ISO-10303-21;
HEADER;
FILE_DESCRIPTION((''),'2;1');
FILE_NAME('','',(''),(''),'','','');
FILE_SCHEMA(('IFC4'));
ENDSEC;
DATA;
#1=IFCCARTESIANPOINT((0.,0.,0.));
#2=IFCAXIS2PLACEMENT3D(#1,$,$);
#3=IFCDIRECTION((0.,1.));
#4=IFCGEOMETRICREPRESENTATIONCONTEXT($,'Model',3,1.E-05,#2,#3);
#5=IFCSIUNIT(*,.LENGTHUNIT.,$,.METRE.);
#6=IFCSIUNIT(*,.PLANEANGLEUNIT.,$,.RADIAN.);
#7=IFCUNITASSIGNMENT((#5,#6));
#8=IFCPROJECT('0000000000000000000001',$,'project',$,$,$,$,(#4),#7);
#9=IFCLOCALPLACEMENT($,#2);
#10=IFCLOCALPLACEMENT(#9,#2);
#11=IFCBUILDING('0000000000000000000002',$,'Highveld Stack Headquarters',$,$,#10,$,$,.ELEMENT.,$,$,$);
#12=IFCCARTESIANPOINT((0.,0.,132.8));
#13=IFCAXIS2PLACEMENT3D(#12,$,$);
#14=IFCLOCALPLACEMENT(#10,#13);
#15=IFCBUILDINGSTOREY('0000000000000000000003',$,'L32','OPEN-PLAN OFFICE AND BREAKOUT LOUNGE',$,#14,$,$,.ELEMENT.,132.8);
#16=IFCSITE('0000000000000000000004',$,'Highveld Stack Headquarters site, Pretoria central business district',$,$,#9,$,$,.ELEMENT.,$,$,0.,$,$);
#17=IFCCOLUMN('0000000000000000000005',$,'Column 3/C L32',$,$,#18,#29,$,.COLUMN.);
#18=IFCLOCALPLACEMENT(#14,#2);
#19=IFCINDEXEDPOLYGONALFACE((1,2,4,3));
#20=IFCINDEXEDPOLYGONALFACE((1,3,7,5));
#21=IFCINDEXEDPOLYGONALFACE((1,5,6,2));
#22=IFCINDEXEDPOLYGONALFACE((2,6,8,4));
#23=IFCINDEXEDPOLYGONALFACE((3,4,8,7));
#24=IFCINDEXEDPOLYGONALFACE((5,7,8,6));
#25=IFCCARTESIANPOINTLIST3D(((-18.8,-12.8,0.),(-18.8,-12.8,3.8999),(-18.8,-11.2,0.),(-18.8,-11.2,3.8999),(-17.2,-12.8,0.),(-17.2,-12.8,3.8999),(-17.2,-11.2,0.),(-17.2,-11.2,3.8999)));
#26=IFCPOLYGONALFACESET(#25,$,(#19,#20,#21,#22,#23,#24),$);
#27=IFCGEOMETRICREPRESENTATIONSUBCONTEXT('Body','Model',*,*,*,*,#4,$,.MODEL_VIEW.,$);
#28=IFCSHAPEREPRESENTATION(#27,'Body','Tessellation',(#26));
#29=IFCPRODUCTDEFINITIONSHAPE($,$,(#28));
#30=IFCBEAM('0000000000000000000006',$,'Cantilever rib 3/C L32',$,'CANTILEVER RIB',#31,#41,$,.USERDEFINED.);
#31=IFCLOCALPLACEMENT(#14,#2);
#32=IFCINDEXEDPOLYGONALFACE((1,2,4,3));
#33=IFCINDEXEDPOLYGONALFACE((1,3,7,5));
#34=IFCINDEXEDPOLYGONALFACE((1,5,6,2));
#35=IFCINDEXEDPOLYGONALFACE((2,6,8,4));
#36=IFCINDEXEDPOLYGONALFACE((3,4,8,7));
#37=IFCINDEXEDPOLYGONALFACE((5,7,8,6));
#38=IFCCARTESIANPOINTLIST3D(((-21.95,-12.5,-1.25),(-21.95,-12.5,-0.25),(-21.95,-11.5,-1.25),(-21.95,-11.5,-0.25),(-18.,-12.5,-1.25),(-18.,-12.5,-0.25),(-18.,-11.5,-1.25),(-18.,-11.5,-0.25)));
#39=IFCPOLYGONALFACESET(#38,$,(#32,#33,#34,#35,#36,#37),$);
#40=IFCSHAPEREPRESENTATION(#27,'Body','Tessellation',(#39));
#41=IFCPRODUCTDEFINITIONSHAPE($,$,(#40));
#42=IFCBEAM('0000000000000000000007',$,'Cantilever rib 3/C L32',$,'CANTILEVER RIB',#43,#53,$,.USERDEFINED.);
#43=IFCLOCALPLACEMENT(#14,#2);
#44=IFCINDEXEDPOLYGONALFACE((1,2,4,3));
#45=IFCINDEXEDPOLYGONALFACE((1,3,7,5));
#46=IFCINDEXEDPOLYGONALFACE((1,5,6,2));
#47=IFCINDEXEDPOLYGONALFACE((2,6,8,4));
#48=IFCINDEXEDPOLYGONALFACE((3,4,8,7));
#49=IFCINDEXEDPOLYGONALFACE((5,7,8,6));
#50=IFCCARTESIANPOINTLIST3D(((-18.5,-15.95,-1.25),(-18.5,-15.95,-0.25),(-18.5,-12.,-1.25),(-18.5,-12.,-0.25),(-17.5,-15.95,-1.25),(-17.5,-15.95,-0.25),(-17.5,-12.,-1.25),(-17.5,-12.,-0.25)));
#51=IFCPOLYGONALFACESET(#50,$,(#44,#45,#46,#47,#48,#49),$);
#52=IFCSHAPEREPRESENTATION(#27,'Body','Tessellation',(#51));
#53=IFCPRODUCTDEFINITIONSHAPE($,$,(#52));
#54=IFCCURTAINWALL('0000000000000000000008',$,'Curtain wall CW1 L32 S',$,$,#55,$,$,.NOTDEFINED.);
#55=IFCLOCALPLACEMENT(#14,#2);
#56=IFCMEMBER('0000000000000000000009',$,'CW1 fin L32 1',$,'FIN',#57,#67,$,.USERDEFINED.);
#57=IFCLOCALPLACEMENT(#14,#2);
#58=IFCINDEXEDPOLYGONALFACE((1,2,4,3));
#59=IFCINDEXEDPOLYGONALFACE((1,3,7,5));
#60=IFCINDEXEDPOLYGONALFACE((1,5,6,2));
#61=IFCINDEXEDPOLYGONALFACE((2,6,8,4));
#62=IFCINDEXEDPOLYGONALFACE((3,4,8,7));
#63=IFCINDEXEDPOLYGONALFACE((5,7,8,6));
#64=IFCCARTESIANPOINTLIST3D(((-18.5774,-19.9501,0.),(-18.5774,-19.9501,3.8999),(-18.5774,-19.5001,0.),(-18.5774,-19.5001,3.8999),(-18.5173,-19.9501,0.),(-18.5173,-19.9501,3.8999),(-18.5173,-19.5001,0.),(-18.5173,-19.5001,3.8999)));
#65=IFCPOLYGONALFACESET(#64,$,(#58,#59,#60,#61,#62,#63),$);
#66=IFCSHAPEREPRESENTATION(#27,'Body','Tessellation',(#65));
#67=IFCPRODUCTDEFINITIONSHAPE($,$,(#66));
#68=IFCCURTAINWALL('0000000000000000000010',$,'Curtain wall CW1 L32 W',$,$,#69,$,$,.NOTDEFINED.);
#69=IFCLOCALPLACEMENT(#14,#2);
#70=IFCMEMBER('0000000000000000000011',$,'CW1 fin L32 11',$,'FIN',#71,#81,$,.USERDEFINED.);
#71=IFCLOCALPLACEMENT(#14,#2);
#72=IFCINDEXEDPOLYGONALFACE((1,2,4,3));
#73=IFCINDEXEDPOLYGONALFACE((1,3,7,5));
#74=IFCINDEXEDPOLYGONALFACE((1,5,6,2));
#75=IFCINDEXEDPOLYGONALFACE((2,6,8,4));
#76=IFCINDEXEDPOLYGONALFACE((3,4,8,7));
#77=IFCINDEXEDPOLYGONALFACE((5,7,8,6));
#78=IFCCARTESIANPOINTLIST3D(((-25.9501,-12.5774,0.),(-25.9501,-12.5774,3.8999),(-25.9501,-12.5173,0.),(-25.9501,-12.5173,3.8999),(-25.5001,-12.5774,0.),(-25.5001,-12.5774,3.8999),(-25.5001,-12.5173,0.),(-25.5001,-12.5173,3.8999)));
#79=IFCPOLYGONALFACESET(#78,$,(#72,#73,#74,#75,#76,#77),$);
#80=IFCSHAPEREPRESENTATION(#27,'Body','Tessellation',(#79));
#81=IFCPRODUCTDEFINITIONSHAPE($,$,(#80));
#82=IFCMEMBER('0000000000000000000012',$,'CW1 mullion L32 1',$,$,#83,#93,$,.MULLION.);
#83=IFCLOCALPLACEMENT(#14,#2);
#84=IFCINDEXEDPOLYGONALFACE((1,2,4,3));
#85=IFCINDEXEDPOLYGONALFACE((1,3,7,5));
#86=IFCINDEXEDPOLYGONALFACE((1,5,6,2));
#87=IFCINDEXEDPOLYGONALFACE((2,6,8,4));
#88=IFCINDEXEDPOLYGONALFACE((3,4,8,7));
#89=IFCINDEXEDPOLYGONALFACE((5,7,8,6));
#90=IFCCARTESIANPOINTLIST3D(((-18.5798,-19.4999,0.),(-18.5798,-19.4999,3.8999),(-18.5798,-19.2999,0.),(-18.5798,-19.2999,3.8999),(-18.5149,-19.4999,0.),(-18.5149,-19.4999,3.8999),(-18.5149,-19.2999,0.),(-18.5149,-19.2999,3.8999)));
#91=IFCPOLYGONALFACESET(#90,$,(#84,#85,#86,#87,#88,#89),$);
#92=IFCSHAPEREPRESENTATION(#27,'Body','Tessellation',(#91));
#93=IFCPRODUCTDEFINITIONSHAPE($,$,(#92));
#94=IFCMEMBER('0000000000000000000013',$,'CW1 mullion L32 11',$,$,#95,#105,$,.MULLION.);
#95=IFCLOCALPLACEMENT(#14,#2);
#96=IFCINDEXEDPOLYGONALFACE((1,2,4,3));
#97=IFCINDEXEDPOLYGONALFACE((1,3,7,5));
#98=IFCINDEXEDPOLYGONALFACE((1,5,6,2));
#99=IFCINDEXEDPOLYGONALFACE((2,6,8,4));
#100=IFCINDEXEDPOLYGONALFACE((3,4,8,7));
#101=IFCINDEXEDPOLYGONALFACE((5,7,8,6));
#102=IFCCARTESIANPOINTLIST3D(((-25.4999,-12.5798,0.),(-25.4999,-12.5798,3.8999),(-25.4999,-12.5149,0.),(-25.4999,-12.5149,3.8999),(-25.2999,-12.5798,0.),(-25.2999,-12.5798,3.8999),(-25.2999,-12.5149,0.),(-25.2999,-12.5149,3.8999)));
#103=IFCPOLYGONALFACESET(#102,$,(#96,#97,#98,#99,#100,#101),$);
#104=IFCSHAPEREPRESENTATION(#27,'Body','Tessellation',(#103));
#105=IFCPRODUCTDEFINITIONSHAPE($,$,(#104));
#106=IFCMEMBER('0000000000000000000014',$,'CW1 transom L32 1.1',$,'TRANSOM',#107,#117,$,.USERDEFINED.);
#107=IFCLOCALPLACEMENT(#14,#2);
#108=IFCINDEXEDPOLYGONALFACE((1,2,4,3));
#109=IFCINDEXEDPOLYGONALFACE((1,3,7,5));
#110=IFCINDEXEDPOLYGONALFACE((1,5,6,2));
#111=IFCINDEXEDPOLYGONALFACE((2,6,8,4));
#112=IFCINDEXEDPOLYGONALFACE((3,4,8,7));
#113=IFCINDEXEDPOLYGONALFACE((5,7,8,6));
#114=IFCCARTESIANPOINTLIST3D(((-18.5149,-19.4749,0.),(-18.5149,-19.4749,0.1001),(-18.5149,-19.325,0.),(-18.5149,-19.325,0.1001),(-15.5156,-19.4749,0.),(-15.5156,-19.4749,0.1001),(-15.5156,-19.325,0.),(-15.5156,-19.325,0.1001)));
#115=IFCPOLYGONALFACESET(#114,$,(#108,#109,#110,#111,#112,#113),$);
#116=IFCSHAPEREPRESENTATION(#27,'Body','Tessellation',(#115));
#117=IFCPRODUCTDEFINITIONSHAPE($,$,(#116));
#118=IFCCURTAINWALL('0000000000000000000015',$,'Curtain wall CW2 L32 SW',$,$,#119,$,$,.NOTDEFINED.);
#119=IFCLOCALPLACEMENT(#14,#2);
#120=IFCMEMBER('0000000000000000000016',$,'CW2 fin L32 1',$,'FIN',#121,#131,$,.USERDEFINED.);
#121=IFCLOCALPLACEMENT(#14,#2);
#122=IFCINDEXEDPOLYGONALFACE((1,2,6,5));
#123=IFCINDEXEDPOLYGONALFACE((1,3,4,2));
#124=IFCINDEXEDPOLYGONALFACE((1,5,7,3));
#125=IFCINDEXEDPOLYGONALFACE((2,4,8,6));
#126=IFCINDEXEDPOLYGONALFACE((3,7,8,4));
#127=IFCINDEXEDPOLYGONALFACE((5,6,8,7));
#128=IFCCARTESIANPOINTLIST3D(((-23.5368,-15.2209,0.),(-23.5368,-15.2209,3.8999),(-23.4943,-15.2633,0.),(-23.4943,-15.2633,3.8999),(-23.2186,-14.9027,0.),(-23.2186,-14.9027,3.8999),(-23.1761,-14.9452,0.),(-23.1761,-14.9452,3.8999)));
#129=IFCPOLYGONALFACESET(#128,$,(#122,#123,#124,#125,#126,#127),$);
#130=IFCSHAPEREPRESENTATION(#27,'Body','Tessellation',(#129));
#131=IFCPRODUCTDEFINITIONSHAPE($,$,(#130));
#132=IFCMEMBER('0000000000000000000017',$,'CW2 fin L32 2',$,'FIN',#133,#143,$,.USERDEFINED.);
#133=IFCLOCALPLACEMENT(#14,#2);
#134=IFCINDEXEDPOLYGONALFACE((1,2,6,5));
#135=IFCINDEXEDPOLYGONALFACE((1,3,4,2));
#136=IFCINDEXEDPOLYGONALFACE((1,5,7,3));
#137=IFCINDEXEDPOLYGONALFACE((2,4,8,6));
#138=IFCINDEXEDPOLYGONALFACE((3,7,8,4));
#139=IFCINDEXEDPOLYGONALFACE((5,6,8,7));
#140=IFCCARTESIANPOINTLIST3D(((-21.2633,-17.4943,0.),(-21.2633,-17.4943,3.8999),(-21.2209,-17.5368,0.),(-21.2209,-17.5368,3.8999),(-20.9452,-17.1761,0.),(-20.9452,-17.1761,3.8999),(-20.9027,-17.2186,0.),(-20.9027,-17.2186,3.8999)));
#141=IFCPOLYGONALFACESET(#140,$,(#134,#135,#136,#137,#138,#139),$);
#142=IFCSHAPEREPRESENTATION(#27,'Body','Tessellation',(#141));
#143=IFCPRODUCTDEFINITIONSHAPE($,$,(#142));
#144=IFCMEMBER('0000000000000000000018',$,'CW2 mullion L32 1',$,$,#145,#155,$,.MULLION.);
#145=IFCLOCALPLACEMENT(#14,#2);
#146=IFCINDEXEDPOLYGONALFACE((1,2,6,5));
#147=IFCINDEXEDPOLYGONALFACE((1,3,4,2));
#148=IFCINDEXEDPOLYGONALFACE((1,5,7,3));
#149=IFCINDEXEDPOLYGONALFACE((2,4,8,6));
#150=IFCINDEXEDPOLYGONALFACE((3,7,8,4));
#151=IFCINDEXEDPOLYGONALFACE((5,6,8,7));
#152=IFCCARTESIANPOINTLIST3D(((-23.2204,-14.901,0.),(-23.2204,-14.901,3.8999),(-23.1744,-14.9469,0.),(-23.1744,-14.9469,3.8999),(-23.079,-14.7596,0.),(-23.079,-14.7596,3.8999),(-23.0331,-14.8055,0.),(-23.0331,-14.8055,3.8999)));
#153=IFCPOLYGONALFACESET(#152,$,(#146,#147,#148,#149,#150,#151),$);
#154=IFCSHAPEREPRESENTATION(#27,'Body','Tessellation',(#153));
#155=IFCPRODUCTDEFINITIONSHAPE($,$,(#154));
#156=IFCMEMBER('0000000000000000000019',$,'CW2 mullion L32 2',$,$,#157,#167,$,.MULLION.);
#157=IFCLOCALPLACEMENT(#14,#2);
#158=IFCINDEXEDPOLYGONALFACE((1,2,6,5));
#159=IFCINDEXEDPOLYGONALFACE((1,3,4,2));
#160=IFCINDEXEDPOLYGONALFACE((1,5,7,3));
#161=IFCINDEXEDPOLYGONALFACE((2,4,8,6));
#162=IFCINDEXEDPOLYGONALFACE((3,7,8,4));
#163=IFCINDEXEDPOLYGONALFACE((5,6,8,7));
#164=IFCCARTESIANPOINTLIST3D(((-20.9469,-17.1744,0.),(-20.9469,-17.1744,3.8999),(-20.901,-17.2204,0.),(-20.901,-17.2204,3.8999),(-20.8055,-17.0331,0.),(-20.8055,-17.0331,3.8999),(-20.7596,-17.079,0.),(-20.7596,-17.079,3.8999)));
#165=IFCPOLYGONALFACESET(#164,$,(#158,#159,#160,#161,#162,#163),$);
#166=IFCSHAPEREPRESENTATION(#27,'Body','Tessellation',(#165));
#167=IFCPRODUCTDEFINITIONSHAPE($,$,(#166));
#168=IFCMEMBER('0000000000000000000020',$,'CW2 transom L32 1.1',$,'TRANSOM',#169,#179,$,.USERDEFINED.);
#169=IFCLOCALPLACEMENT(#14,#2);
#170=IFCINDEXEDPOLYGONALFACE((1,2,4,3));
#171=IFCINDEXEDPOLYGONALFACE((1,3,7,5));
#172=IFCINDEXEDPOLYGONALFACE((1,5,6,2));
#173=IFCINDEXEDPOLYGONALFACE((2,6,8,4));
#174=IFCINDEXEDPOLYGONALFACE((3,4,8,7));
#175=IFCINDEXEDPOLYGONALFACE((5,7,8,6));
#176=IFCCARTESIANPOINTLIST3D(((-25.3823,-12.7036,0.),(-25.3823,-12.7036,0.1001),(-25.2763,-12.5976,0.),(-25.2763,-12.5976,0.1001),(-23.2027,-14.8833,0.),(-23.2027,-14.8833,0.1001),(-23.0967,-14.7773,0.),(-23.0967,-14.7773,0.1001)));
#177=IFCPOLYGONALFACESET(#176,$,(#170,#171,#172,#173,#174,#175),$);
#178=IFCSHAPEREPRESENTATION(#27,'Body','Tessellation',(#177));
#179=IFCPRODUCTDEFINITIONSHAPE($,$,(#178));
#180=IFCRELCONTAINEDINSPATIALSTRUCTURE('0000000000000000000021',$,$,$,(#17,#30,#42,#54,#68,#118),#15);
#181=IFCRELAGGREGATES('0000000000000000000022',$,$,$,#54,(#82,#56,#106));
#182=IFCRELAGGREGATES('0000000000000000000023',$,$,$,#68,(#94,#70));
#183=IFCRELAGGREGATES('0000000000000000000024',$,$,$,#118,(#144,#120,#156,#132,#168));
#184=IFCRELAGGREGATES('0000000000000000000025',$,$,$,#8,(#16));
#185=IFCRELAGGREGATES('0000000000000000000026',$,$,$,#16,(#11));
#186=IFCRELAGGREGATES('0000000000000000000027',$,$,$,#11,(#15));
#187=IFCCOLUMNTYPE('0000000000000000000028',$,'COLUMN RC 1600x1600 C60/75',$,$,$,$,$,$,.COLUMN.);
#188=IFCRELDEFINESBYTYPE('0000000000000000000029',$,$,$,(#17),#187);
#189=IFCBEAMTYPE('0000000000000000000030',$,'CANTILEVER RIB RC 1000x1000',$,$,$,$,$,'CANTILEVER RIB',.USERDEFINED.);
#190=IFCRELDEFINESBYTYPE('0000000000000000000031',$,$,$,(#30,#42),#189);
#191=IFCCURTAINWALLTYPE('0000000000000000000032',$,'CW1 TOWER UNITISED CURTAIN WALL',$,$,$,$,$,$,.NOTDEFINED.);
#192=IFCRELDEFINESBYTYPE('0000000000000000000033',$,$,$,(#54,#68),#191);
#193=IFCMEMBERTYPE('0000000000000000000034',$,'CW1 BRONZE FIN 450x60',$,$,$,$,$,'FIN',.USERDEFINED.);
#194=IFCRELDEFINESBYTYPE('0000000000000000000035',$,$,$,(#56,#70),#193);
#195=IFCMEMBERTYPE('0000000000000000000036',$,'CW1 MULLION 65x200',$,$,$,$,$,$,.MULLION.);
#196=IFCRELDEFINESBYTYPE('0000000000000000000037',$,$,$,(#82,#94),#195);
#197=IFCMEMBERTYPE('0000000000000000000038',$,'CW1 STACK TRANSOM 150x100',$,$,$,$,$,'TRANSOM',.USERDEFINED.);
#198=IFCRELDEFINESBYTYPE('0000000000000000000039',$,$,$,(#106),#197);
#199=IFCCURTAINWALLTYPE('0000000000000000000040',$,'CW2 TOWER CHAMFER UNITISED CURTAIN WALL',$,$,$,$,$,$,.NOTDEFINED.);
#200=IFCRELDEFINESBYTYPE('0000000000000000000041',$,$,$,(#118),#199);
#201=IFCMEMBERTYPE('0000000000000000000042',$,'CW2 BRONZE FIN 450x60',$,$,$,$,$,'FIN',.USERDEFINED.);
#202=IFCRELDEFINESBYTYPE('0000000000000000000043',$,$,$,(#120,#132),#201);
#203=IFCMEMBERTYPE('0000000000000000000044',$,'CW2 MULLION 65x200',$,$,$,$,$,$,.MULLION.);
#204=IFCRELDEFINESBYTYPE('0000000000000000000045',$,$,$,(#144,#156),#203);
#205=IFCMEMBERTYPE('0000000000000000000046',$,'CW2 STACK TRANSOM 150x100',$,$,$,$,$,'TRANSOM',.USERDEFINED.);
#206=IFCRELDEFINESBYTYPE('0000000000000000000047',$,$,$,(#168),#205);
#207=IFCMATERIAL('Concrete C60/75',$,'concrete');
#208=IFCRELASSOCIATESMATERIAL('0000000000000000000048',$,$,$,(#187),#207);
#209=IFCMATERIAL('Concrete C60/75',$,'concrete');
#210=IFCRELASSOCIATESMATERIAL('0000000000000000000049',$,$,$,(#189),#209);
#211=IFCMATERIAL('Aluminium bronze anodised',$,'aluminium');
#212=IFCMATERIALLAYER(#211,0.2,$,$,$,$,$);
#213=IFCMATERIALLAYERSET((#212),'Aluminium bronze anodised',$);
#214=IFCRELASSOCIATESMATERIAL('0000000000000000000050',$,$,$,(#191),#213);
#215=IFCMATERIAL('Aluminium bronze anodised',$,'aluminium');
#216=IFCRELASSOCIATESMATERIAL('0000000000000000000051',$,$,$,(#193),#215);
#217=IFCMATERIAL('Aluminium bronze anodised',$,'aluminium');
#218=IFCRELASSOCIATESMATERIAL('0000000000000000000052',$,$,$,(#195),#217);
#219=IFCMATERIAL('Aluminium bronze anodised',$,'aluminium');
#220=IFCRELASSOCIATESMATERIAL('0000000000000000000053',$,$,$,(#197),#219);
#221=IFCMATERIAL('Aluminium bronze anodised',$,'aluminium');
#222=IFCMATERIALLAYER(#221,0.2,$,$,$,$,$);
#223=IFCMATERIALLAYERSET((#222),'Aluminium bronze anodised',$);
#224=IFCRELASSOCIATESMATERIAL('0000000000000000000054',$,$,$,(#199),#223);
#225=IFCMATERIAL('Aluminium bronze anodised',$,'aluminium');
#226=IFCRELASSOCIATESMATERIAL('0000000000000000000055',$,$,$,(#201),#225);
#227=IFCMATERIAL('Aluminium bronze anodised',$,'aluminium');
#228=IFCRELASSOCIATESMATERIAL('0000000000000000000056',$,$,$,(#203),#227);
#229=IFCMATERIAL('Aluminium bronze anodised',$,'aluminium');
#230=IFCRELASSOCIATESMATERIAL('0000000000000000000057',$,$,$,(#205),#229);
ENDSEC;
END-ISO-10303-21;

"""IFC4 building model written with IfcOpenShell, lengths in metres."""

from ifc_helpers import new_model, si_unit, direction, frame, origin, origin_2d, place, context, subcontext, project, spatial, rectangle, extrude, material, layer, layer_set, material_profile, profile_set, type_object, element, aggregate, save


model = new_model("IFC4")

# Units and contexts
model_context = context("Model", 3, precision=1e-05, world=origin(), true_north=direction((0.0, 1.0)))
body_context = subcontext(model_context, "Body", "Model", "MODEL_VIEW")
ifc_project = project(units=[si_unit("LENGTHUNIT", "METRE"), si_unit("PLANEANGLEUNIT", "RADIAN")], contexts=[model_context])

# Site, building, storey
site_placement = place(None, origin())
site = spatial("IfcSite", under=ifc_project, at=site_placement, Name="Highveld Stack Headquarters site, Pretoria central business district", CompositionType="ELEMENT", RefElevation=0.0)
building_placement = place(site_placement, origin())
building = spatial("IfcBuilding", under=site, at=building_placement, Name="Highveld Stack Headquarters", CompositionType="ELEMENT")
storey_placement = place(building_placement, frame((0.0, 0.0, 132.8)))
storey = spatial("IfcBuildingStorey", under=building, at=storey_placement, Name="L32", Description="OPEN-PLAN OFFICE AND BREAKOUT LOUNGE", CompositionType="ELEMENT", Elevation=132.8)

# Column
ifc_material_1 = material(Name="Concrete C60/75", Category="concrete")
ifc_material_profile_1 = material_profile(ifc_material_1, rectangle(XDim=1.6001, YDim=1.6001, at=origin_2d()), Name="RC 1600x1600")
ifc_profile_set_1 = profile_set([ifc_material_profile_1], Name="Concrete C60/75")
column_type = type_object("IfcColumnType", Name="COLUMN RC 1600x1600 C60/75", PredefinedType="COLUMN", material=ifc_profile_set_1)
column_placement = place(storey_placement, frame((-18.0, -12.0, 0.0), z_axis=(0.0, 0.0, 1.0), x_axis=(1.0, 0.0, 0.0)))
element("IfcColumn", 1, at=column_placement, inside=storey, type_object=column_type, Name="Column 3/C L32", PredefinedType="COLUMN", context=body_context, shape_type="SweptSolid", body=[
    extrude(rectangle(XDim=1.6001, YDim=1.6001, at=origin_2d()), origin(), (0.0, 0.0, 1.0), 3.8999),
])

# Beams
ifc_material_2 = material(Name="Concrete C60/75", Category="concrete")
ifc_material_profile_2 = material_profile(ifc_material_2, rectangle(XDim=1.0, YDim=1.0, at=origin_2d()), Name="RC 1000x1000")
ifc_profile_set_2 = profile_set([ifc_material_profile_2], Name="Concrete C60/75")
beam_type_1 = type_object("IfcBeamType", Name="CANTILEVER RIB RC 1000x1000", ElementType="CANTILEVER RIB", PredefinedType="USERDEFINED", material=ifc_profile_set_2)
for number, where, z_axis, x_axis, name in (
    (2, (-18.0, -12.0, -0.75), (-1.0, 0.0, 0.0), (0.0, -1.0, 0.0), "Cantilever rib 3/C L32"),
    (3, (-18.0, -12.0, -0.75), (0.0, -1.0, 0.0), (1.0, 0.0, 0.0), "Cantilever rib 3/C L32"),
):
    element("IfcBeam", number, at=place(storey_placement, frame(where, z_axis=z_axis, x_axis=x_axis)), inside=storey, type_object=beam_type_1, Name=name, ObjectType="CANTILEVER RIB", PredefinedType="USERDEFINED", context=body_context, shape_type="SweptSolid", body=[
        extrude(rectangle(XDim=1.0, YDim=1.0, at=origin_2d()), origin(), (0.0, 0.0, 1.0), 3.95),
    ])

# Curtain walls, members
ifc_material_3 = material(Name="Aluminium bronze anodised", Category="aluminium")
ifc_layer_1 = layer(ifc_material_3, 0.2)
ifc_layer_set_1 = layer_set([ifc_layer_1], Name="Aluminium bronze anodised")
curtain_wall_type_1 = type_object("IfcCurtainWallType", Name="CW1 TOWER UNITISED CURTAIN WALL", PredefinedType="NOTDEFINED", material=ifc_layer_set_1)
curtain_wall_1_placement = place(storey_placement, origin())
curtain_wall_1 = element("IfcCurtainWall", 4, at=curtain_wall_1_placement, inside=storey, type_object=curtain_wall_type_1, Name="Curtain wall CW1 L32 S", PredefinedType="NOTDEFINED")
ifc_material_4 = material(Name="Aluminium bronze anodised", Category="aluminium")
ifc_material_profile_3 = material_profile(ifc_material_4, rectangle(XDim=0.45, YDim=0.0601, at=origin_2d()), Name="FIN 450x60")
ifc_profile_set_3 = profile_set([ifc_material_profile_3], Name="Aluminium bronze anodised")
member_type_1 = type_object("IfcMemberType", Name="CW1 BRONZE FIN 450x60", ElementType="FIN", PredefinedType="USERDEFINED", material=ifc_profile_set_3)
member_1_placement = place(storey_placement, frame((-18.5474, -19.7251, 0.0), z_axis=(0.0, 0.0, 1.0), x_axis=(0.0, 1.0, 0.0)))
member_1 = element("IfcMember", 5, at=member_1_placement, type_object=member_type_1, Name="CW1 fin L32 1", ObjectType="FIN", PredefinedType="USERDEFINED", context=body_context, shape_type="SweptSolid", body=[
    extrude(rectangle(XDim=0.45, YDim=0.0601, at=origin_2d()), origin(), (0.0, 0.0, 1.0), 3.8999),
])
curtain_wall_2_placement = place(storey_placement, origin())
curtain_wall_2 = element("IfcCurtainWall", 6, at=curtain_wall_2_placement, inside=storey, type_object=curtain_wall_type_1, Name="Curtain wall CW1 L32 W", PredefinedType="NOTDEFINED")
member_2_placement = place(storey_placement, frame((-25.7251, -12.5474, 0.0), z_axis=(0.0, 0.0, 1.0), x_axis=(1.0, 0.0, 0.0)))
member_2 = element("IfcMember", 7, at=member_2_placement, type_object=member_type_1, Name="CW1 fin L32 11", ObjectType="FIN", PredefinedType="USERDEFINED", context=body_context, shape_type="SweptSolid", body=[
    extrude(rectangle(XDim=0.45, YDim=0.0601, at=origin_2d()), origin(), (0.0, 0.0, 1.0), 3.8999),
])

# Members
ifc_material_5 = material(Name="Aluminium bronze anodised", Category="aluminium")
ifc_material_profile_4 = material_profile(ifc_material_5, rectangle(XDim=0.2, YDim=0.0649, at=origin_2d()), Name="CW1 MULLION 65x200")
ifc_profile_set_4 = profile_set([ifc_material_profile_4], Name="Aluminium bronze anodised")
member_type_2 = type_object("IfcMemberType", Name="CW1 MULLION 65x200", PredefinedType="MULLION", material=ifc_profile_set_4)
member_3_placement = place(storey_placement, frame((-18.5474, -19.3999, 0.0), z_axis=(0.0, 0.0, 1.0), x_axis=(0.0, 1.0, 0.0)))
member_3 = element("IfcMember", 8, at=member_3_placement, type_object=member_type_2, Name="CW1 mullion L32 1", PredefinedType="MULLION", context=body_context, shape_type="SweptSolid", body=[
    extrude(rectangle(XDim=0.2, YDim=0.0649, at=origin_2d()), origin(), (0.0, 0.0, 1.0), 3.8999),
])
member_4_placement = place(storey_placement, frame((-25.3999, -12.5474, 0.0), z_axis=(0.0, 0.0, 1.0), x_axis=(1.0, 0.0, 0.0)))
member_4 = element("IfcMember", 9, at=member_4_placement, type_object=member_type_2, Name="CW1 mullion L32 11", PredefinedType="MULLION", context=body_context, shape_type="SweptSolid", body=[
    extrude(rectangle(XDim=0.2, YDim=0.0649, at=origin_2d()), origin(), (0.0, 0.0, 1.0), 3.8999),
])
ifc_material_6 = material(Name="Aluminium bronze anodised", Category="aluminium")
ifc_material_profile_5 = material_profile(ifc_material_6, rectangle(XDim=0.1499, YDim=0.1001, at=origin_2d()), Name="CW1 TRANSOM 150x100")
ifc_profile_set_5 = profile_set([ifc_material_profile_5], Name="Aluminium bronze anodised")
member_type_3 = type_object("IfcMemberType", Name="CW1 STACK TRANSOM 150x100", ElementType="TRANSOM", PredefinedType="USERDEFINED", material=ifc_profile_set_5)
member_5_placement = place(storey_placement, frame((-18.5149, -19.3999, 0.05), z_axis=(1.0, 0.0, 0.0), x_axis=(0.0, 1.0, 0.0)))
member_5 = element("IfcMember", 10, at=member_5_placement, type_object=member_type_3, Name="CW1 transom L32 1.1", ObjectType="TRANSOM", PredefinedType="USERDEFINED", context=body_context, shape_type="SweptSolid", body=[
    extrude(rectangle(XDim=0.1499, YDim=0.1001, at=origin_2d()), origin(), (0.0, 0.0, 1.0), 2.9993),
])
aggregate(curtain_wall_1, [member_3, member_1, member_5])

# Curtain wall, members
ifc_material_7 = material(Name="Aluminium bronze anodised", Category="aluminium")
ifc_layer_2 = layer(ifc_material_7, 0.2)
ifc_layer_set_2 = layer_set([ifc_layer_2], Name="Aluminium bronze anodised")
curtain_wall_type_2 = type_object("IfcCurtainWallType", Name="CW2 TOWER CHAMFER UNITISED CURTAIN WALL", PredefinedType="NOTDEFINED", material=ifc_layer_set_2)
curtain_wall_3_placement = place(storey_placement, origin())
curtain_wall_3 = element("IfcCurtainWall", 11, at=curtain_wall_3_placement, inside=storey, type_object=curtain_wall_type_2, Name="Curtain wall CW2 L32 SW", PredefinedType="NOTDEFINED")
ifc_material_8 = material(Name="Aluminium bronze anodised", Category="aluminium")
ifc_material_profile_6 = material_profile(ifc_material_8, rectangle(XDim=0.45, YDim=0.0601, at=origin_2d()), Name="FIN 450x60")
ifc_profile_set_6 = profile_set([ifc_material_profile_6], Name="Aluminium bronze anodised")
member_type_4 = type_object("IfcMemberType", Name="CW2 BRONZE FIN 450x60", ElementType="FIN", PredefinedType="USERDEFINED", material=ifc_profile_set_6)
member_6_placement = place(storey_placement, frame((-23.3564, -15.083, 0.0), z_axis=(0.0, 0.0, 1.0), x_axis=(0.707107, 0.707107, 0.0)))
member_6 = element("IfcMember", 12, at=member_6_placement, type_object=member_type_4, Name="CW2 fin L32 1", ObjectType="FIN", PredefinedType="USERDEFINED", context=body_context, shape_type="SweptSolid", body=[
    extrude(rectangle(XDim=0.45, YDim=0.0601, at=origin_2d()), origin(), (0.0, 0.0, 1.0), 3.8999),
])
member_7_placement = place(storey_placement, frame((-21.083, -17.3564, 0.0), z_axis=(0.0, 0.0, 1.0), x_axis=(0.707107, 0.707107, 0.0)))
member_7 = element("IfcMember", 13, at=member_7_placement, type_object=member_type_4, Name="CW2 fin L32 2", ObjectType="FIN", PredefinedType="USERDEFINED", context=body_context, shape_type="SweptSolid", body=[
    extrude(rectangle(XDim=0.45, YDim=0.0601, at=origin_2d()), origin(), (0.0, 0.0, 1.0), 3.8999),
])
ifc_material_9 = material(Name="Aluminium bronze anodised", Category="aluminium")
ifc_material_profile_7 = material_profile(ifc_material_9, rectangle(XDim=0.2, YDim=0.0649, at=origin_2d()), Name="CW2 MULLION 65x200")
ifc_profile_set_7 = profile_set([ifc_material_profile_7], Name="Aluminium bronze anodised")
member_type_5 = type_object("IfcMemberType", Name="CW2 MULLION 65x200", PredefinedType="MULLION", material=ifc_profile_set_7)
member_8_placement = place(storey_placement, frame((-23.1267, -14.8533, 0.0), z_axis=(0.0, 0.0, 1.0), x_axis=(0.707107, 0.707107, 0.0)))
member_8 = element("IfcMember", 14, at=member_8_placement, type_object=member_type_5, Name="CW2 mullion L32 1", PredefinedType="MULLION", context=body_context, shape_type="SweptSolid", body=[
    extrude(rectangle(XDim=0.2, YDim=0.0649, at=origin_2d()), origin(), (0.0, 0.0, 1.0), 3.8999),
])
member_9_placement = place(storey_placement, frame((-20.8533, -17.1267, 0.0), z_axis=(0.0, 0.0, 1.0), x_axis=(0.707107, 0.707107, 0.0)))
member_9 = element("IfcMember", 15, at=member_9_placement, type_object=member_type_5, Name="CW2 mullion L32 2", PredefinedType="MULLION", context=body_context, shape_type="SweptSolid", body=[
    extrude(rectangle(XDim=0.2, YDim=0.0649, at=origin_2d()), origin(), (0.0, 0.0, 1.0), 3.8999),
])
ifc_material_10 = material(Name="Aluminium bronze anodised", Category="aluminium")
ifc_material_profile_8 = material_profile(ifc_material_10, rectangle(XDim=0.1499, YDim=0.1001, at=origin_2d()), Name="CW2 TRANSOM 150x100")
ifc_profile_set_8 = profile_set([ifc_material_profile_8], Name="Aluminium bronze anodised")
member_type_6 = type_object("IfcMemberType", Name="CW2 STACK TRANSOM 150x100", ElementType="TRANSOM", PredefinedType="USERDEFINED", material=ifc_profile_set_8)
member_10_placement = place(storey_placement, frame((-25.3293, -12.6506, 0.05), z_axis=(0.707107, -0.707107, 0.0), x_axis=(0.707107, 0.707107, 0.0)))
member_10 = element("IfcMember", 16, at=member_10_placement, type_object=member_type_6, Name="CW2 transom L32 1.1", ObjectType="TRANSOM", PredefinedType="USERDEFINED", context=body_context, shape_type="SweptSolid", body=[
    extrude(rectangle(XDim=0.1499, YDim=0.1001, at=origin_2d()), origin(), (0.0, 0.0, 1.0), 3.0825),
])

aggregate(curtain_wall_2, [member_4, member_2])
aggregate(curtain_wall_3, [member_8, member_6, member_9, member_7, member_10])

save(model, "model.ifc")
